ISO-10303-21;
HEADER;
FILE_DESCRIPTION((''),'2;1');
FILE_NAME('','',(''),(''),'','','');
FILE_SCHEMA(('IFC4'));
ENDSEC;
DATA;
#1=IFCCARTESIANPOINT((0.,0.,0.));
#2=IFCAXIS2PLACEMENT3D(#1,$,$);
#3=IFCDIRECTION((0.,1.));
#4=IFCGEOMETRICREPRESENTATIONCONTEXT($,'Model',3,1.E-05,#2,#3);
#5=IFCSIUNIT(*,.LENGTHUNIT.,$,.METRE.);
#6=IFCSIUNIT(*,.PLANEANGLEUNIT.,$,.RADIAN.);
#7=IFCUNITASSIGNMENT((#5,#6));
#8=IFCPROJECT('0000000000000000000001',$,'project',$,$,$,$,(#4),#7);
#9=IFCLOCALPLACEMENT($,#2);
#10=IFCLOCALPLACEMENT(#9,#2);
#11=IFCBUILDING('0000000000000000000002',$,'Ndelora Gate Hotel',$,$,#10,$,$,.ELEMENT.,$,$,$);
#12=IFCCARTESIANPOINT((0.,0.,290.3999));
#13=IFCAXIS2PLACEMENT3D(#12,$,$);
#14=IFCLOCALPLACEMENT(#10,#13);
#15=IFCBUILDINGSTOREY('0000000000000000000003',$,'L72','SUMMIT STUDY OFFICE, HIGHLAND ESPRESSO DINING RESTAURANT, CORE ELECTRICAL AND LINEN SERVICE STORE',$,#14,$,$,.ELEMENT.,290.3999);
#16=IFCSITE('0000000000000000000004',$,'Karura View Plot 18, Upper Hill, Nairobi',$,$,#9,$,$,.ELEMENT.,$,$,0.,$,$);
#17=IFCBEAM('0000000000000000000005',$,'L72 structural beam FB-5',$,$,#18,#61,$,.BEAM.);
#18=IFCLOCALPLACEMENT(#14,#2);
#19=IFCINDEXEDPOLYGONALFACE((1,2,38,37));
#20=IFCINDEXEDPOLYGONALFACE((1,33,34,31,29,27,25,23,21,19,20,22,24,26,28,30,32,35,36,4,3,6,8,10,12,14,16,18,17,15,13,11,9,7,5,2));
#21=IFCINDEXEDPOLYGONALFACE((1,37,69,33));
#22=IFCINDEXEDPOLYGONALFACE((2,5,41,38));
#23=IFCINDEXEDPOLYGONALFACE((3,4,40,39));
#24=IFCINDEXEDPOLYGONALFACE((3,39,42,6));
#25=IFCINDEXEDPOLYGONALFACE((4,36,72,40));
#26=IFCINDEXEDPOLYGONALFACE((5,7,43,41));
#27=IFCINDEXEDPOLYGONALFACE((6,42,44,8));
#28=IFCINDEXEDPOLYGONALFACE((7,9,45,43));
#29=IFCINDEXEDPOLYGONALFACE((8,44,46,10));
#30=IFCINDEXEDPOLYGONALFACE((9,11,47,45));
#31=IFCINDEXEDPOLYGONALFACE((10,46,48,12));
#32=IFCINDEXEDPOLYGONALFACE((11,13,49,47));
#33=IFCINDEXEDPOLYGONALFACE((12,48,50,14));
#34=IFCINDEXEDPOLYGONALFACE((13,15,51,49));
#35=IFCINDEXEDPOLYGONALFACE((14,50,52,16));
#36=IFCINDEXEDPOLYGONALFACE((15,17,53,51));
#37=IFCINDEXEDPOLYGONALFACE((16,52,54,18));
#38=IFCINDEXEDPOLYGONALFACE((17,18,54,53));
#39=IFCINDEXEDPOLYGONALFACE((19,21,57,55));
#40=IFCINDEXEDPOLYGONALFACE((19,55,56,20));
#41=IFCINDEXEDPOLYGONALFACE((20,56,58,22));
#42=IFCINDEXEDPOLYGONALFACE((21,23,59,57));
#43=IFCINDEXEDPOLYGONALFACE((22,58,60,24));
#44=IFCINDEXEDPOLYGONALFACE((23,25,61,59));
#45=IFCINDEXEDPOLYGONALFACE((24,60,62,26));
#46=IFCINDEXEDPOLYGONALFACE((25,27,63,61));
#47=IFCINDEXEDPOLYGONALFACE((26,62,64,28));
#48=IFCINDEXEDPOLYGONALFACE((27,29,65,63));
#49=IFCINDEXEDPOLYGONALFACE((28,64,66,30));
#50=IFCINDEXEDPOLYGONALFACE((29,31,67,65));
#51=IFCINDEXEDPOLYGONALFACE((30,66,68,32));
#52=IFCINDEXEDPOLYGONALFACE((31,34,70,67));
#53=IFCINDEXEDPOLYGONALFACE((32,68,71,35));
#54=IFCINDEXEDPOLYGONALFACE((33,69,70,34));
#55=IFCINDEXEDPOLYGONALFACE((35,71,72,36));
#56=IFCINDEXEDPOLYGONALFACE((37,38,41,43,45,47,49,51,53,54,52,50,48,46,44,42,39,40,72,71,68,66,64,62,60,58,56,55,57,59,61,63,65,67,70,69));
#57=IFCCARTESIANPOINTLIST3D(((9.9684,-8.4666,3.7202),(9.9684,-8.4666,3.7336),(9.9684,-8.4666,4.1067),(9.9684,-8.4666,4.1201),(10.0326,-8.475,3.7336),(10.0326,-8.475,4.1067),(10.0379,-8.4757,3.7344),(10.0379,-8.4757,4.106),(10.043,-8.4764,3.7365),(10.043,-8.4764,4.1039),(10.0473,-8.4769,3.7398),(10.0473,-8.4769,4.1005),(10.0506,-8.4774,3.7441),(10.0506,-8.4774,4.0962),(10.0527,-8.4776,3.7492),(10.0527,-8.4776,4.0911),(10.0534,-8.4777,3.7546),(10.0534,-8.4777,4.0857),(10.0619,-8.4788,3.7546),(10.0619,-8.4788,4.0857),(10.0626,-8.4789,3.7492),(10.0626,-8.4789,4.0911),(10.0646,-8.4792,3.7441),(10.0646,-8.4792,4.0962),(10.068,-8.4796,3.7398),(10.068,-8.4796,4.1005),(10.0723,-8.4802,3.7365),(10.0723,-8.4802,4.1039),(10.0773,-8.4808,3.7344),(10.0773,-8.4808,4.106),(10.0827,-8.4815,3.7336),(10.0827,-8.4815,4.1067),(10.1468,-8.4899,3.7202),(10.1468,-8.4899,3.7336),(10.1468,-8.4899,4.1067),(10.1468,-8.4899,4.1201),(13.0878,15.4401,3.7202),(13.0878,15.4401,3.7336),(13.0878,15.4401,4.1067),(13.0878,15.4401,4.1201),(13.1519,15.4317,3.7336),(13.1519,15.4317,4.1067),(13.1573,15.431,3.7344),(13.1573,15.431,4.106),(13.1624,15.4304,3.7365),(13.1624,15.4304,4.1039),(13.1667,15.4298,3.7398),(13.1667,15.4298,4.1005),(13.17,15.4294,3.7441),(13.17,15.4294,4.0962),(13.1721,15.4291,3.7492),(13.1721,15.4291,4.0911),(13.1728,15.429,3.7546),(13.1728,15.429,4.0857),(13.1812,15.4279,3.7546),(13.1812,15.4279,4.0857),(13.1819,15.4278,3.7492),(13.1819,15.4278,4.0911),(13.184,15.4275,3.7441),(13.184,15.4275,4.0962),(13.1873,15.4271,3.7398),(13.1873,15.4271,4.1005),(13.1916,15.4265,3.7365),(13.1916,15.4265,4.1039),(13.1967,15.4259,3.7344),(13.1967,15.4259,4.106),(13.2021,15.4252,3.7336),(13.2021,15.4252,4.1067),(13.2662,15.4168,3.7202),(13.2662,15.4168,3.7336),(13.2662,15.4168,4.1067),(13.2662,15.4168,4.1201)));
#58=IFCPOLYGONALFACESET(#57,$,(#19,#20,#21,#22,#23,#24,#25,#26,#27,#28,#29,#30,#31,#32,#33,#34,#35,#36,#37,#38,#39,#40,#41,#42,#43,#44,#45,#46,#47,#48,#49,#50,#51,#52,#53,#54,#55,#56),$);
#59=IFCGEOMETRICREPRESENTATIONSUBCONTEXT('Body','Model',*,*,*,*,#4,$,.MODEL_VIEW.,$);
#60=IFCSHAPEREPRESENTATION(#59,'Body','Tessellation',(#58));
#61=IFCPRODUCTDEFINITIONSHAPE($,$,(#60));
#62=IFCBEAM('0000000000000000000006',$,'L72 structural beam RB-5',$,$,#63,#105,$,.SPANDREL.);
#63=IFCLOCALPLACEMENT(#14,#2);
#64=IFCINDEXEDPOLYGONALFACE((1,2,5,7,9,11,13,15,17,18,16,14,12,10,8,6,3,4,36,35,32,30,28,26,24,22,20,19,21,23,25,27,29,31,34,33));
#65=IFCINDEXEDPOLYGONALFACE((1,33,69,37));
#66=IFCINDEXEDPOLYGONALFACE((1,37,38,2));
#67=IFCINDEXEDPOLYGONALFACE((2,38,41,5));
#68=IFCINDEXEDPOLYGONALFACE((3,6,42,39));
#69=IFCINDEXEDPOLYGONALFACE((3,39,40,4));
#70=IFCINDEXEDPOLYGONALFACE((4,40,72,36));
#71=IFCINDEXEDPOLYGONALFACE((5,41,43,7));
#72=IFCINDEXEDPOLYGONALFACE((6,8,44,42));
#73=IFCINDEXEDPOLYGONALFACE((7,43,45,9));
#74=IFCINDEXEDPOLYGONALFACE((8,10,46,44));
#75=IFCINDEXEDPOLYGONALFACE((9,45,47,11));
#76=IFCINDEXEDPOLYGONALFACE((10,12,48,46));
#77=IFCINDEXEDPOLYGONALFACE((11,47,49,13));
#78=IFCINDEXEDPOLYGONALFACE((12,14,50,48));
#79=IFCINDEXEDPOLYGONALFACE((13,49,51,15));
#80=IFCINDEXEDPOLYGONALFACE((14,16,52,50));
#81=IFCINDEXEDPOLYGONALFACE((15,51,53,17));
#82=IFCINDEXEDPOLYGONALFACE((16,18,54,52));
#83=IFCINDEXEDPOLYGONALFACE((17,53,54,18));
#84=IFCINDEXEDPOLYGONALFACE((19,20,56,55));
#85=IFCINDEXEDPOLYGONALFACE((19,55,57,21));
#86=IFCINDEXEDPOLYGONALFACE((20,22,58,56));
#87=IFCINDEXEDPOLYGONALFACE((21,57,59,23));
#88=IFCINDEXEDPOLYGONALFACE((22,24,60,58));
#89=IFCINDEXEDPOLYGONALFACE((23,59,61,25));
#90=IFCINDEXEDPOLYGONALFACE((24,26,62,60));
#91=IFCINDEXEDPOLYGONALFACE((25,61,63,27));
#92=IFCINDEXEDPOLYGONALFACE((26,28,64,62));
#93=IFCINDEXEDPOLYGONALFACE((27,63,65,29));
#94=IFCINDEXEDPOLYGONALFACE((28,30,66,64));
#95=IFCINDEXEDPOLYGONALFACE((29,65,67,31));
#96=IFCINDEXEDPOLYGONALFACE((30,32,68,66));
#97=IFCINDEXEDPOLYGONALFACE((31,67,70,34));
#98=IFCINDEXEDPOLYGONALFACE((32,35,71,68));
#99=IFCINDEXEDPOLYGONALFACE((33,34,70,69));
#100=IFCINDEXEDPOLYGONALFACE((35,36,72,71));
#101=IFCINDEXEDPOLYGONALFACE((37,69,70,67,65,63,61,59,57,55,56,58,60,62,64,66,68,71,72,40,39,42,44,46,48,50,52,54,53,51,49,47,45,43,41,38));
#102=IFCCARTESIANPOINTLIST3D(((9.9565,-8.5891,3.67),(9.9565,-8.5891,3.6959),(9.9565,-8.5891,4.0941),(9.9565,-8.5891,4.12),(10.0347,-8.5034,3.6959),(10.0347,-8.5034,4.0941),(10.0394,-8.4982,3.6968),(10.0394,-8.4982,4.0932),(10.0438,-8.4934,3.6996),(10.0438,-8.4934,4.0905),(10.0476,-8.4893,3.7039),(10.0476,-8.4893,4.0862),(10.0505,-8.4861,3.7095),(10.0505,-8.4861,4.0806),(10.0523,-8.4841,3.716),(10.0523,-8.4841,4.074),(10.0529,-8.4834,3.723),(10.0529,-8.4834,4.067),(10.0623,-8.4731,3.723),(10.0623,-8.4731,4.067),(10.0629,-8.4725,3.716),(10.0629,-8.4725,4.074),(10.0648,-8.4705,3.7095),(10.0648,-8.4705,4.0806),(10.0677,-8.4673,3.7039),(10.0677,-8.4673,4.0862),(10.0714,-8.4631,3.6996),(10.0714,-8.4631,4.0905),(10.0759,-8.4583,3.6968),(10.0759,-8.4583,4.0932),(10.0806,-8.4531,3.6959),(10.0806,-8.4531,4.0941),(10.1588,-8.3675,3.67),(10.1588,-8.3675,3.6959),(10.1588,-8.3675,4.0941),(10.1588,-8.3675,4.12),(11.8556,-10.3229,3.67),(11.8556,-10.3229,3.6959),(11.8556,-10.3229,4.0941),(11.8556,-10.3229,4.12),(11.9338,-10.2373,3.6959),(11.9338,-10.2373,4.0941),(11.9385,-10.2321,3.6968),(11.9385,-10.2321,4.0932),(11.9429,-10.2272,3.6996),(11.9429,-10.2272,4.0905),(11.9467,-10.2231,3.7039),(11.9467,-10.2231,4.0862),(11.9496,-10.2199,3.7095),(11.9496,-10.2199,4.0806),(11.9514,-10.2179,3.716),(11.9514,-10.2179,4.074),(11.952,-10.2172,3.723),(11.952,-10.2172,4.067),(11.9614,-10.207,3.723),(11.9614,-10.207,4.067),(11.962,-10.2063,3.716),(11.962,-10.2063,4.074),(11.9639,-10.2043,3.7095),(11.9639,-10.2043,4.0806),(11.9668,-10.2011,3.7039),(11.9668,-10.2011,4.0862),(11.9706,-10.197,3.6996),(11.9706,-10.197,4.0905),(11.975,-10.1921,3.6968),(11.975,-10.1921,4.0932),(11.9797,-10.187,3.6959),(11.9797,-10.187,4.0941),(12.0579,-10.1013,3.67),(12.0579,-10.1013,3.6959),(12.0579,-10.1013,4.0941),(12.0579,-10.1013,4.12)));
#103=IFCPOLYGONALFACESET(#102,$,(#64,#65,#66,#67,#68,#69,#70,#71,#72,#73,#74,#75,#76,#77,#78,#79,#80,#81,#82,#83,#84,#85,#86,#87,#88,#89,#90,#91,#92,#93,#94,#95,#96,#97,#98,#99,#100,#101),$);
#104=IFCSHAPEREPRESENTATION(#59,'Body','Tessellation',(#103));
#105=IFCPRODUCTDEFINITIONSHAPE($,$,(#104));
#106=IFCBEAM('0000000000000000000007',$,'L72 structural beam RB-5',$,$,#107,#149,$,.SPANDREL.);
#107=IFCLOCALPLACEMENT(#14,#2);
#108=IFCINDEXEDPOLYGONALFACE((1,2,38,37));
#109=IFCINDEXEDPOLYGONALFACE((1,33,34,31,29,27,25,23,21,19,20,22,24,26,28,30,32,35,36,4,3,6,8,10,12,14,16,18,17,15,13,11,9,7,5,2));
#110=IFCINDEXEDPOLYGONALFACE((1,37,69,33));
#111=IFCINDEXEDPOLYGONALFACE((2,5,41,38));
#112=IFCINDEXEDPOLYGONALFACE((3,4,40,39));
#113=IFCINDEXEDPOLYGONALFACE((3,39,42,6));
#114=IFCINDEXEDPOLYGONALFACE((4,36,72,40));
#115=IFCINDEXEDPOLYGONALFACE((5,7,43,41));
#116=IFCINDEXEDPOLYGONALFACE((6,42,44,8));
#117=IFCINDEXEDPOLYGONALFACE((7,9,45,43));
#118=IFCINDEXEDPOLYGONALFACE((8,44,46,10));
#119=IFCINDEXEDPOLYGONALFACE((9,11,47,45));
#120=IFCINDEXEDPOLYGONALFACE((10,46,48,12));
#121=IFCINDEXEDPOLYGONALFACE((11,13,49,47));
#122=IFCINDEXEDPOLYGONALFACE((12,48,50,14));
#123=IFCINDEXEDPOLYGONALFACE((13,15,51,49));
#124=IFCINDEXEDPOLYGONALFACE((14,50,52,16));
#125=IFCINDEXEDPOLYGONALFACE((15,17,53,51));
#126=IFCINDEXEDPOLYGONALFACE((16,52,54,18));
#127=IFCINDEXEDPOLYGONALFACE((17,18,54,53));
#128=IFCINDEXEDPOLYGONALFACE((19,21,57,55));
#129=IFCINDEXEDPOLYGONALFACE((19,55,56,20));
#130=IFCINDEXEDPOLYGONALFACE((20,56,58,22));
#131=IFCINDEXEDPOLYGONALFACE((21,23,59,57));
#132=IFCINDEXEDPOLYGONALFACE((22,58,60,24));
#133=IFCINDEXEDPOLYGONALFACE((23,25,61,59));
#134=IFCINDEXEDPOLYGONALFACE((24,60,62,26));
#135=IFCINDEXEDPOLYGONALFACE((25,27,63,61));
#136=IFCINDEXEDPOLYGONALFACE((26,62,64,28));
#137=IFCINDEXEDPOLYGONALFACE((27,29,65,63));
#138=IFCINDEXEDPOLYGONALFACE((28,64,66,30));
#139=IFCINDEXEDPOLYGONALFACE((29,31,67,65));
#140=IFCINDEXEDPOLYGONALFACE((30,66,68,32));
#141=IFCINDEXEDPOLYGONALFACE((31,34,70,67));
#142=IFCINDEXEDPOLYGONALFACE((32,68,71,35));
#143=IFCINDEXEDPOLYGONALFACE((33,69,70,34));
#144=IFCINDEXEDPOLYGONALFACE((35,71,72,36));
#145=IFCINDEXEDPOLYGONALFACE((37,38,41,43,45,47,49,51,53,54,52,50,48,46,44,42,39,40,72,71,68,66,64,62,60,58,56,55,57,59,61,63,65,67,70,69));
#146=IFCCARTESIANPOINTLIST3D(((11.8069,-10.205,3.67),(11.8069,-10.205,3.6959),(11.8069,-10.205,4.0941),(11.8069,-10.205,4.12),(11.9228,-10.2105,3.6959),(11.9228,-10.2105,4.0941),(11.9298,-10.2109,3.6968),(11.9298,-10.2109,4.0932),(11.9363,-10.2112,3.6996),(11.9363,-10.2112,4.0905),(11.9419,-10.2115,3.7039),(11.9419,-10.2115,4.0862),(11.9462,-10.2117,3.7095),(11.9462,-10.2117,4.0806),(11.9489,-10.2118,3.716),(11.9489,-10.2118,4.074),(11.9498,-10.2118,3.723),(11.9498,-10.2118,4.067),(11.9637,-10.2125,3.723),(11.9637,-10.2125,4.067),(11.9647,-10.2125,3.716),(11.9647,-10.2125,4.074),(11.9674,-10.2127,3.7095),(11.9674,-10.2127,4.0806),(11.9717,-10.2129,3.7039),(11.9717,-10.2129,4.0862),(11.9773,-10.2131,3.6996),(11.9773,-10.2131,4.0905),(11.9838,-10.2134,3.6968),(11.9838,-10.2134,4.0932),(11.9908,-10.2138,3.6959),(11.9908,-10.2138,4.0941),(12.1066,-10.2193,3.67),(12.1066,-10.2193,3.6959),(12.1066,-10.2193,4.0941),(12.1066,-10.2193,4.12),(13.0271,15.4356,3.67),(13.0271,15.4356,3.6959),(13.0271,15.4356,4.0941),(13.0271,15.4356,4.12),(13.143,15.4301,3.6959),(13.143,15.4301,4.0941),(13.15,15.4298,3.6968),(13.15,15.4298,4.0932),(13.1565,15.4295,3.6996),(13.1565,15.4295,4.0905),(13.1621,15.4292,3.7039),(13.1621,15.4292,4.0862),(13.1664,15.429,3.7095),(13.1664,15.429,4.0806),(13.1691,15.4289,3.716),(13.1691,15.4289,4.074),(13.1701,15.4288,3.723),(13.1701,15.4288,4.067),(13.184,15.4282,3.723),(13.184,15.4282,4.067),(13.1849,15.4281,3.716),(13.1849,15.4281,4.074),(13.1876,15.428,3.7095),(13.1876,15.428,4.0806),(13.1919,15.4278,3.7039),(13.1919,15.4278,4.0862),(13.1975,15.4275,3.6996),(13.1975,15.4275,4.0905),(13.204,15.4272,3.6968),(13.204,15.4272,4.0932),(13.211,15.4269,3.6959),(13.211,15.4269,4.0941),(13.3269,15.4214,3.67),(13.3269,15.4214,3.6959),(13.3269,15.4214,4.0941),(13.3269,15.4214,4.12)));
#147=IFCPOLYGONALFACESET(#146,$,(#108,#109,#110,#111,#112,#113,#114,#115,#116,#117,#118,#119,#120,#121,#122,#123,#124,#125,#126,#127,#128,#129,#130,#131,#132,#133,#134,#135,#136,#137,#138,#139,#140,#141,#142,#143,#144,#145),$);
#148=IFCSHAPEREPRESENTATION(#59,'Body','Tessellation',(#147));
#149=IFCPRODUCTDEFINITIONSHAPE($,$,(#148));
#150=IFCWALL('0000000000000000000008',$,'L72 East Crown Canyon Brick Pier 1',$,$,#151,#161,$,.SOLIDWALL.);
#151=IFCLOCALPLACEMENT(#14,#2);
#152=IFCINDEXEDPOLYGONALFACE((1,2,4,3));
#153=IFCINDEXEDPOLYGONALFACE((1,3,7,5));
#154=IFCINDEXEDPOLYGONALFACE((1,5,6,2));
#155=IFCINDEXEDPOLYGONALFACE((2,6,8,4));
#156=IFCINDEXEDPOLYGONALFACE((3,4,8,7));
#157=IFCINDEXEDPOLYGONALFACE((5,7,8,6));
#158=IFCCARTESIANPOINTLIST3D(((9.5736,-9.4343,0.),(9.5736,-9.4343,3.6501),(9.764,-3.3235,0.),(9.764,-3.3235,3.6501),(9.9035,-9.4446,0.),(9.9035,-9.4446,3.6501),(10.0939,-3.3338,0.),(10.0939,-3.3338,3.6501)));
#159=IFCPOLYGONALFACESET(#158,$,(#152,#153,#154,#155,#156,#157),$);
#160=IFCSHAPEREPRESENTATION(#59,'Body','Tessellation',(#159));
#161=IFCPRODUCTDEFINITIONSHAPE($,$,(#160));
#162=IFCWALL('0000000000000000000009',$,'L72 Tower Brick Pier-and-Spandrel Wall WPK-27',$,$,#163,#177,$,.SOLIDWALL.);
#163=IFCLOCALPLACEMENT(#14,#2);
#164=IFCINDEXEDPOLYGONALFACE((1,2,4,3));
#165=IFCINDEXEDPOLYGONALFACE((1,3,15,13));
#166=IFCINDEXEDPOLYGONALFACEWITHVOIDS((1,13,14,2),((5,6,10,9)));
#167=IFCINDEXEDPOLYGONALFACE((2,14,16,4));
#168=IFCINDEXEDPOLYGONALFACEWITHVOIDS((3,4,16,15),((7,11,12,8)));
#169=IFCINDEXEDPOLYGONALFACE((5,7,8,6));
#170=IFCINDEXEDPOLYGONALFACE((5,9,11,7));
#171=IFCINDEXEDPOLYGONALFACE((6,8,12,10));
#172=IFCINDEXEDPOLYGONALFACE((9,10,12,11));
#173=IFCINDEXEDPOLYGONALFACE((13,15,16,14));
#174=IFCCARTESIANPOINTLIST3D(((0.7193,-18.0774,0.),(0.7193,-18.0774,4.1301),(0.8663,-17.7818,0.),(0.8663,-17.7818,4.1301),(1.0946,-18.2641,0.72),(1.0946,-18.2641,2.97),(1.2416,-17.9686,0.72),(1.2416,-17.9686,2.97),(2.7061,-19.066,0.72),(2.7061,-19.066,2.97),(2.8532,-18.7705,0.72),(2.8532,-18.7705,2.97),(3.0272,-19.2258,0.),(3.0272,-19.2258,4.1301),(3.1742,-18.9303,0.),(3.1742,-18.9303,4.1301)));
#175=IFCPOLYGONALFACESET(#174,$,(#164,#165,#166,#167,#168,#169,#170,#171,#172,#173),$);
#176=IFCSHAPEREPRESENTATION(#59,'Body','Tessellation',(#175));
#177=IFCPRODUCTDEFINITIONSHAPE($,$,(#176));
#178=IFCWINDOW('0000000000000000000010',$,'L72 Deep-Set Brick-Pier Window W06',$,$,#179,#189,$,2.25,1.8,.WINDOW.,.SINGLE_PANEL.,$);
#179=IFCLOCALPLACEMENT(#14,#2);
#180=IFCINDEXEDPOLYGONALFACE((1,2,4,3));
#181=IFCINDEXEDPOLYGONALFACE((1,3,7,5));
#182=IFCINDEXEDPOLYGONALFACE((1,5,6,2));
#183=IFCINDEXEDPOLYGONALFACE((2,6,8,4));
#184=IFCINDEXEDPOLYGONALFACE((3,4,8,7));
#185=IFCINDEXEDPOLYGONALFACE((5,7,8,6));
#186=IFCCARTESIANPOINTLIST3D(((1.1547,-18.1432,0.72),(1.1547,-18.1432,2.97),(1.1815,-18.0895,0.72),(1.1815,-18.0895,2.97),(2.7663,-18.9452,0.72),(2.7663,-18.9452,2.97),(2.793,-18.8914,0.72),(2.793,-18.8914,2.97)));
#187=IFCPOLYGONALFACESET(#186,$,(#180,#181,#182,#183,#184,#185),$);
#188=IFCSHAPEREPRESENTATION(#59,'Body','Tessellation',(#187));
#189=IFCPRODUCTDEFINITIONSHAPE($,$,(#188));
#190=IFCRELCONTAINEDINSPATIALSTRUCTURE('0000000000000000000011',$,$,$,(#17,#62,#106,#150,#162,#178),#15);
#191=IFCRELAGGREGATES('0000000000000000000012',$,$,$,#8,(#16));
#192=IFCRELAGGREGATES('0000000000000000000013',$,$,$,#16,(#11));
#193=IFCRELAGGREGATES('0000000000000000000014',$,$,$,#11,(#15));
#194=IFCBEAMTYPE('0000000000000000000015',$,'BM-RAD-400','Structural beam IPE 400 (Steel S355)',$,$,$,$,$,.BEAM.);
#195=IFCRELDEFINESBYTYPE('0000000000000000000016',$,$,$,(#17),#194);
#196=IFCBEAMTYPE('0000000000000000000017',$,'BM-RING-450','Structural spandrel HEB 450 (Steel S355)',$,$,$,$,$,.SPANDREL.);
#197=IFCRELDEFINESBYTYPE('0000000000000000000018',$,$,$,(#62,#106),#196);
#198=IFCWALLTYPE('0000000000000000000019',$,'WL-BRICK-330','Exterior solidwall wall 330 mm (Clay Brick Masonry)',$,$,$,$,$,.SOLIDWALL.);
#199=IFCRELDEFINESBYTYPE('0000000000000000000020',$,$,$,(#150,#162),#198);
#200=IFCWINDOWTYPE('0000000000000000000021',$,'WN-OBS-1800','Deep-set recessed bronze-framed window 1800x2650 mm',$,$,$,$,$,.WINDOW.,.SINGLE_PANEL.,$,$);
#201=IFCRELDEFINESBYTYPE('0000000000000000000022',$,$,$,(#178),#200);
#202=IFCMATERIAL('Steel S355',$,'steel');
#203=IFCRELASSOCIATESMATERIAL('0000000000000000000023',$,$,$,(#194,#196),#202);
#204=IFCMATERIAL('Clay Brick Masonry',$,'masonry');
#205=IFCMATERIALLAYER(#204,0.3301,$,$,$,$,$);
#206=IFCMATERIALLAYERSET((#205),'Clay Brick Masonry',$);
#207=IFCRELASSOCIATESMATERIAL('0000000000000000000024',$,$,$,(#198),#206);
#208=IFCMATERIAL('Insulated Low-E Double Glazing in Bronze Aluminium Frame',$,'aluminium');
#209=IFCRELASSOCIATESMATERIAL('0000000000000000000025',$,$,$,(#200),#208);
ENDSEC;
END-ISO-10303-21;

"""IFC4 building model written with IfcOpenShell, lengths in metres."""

from ifc_helpers import new_model, si_unit, direction, frame, frame_2d, origin, origin_2d, place, context, subcontext, project, spatial, rectangle, i_section, extrude, material, layer, layer_set, material_profile, profile_set, type_object, element, fill, save


model = new_model("IFC4")

# Units and contexts
model_context = context("Model", 3, precision=1e-05, world=origin(), true_north=direction((0.0, 1.0)))
body_context = subcontext(model_context, "Body", "Model", "MODEL_VIEW")
ifc_project = project(units=[si_unit("LENGTHUNIT", "METRE"), si_unit("PLANEANGLEUNIT", "RADIAN")], contexts=[model_context])

# Site, building, storey
site_placement = place(None, origin())
site = spatial("IfcSite", under=ifc_project, at=site_placement, Name="Karura View Plot 18, Upper Hill, Nairobi", CompositionType="ELEMENT", RefElevation=0.0)
building_placement = place(site_placement, origin())
building = spatial("IfcBuilding", under=site, at=building_placement, Name="Ndelora Gate Hotel", CompositionType="ELEMENT")
storey_placement = place(building_placement, frame((0.0, 0.0, 290.3999)))
storey = spatial("IfcBuildingStorey", under=building, at=storey_placement, Name="L72", Description="SUMMIT STUDY OFFICE, HIGHLAND ESPRESSO DINING RESTAURANT, CORE ELECTRICAL AND LINEN SERVICE STORE", CompositionType="ELEMENT", Elevation=290.3999)

# Beams
ifc_material_1 = material(Name="Steel S355", Category="steel")
ifc_material_profile_1 = material_profile(ifc_material_1, i_section(OverallWidth=0.1799, OverallDepth=0.3999, WebThickness=0.0085, FlangeThickness=0.0134, FilletRadius=0.021, at=origin_2d()), Name="IPE 400")
ifc_profile_set_1 = profile_set([ifc_material_profile_1], Name="Steel S355")
beam_type_1 = type_object("IfcBeamType", Name="BM-RAD-400", Description="Structural beam IPE 400 (Steel S355)", PredefinedType="BEAM", material=ifc_profile_set_1)
beam_1_placement = place(storey_placement, frame((10.0576, -8.4783, 3.9202), z_axis=(0.129385, 0.991594, 0.0), x_axis=(-0.991594, 0.129385, 0.0)))
element("IfcBeam", 1, at=beam_1_placement, inside=storey, type_object=beam_type_1, Name="L72 structural beam FB-5", PredefinedType="BEAM", context=body_context, shape_type="SweptSolid", body=[
    extrude(i_section(OverallWidth=0.1799, OverallDepth=0.3999, WebThickness=0.0085, FlangeThickness=0.0134, FilletRadius=0.021, at=origin_2d()), origin(), (0.0, 0.0, 1.0), 24.1094),
])
ifc_material_profile_2 = material_profile(ifc_material_1, i_section(OverallWidth=0.3, OverallDepth=0.45, WebThickness=0.0139, FlangeThickness=0.0259, FilletRadius=0.0271, at=origin_2d()), Name="HEB 450")
ifc_profile_set_2 = profile_set([ifc_material_profile_2], Name="Steel S355")
beam_type_2 = type_object("IfcBeamType", Name="BM-RING-450", Description="Structural spandrel HEB 450 (Steel S355)", PredefinedType="SPANDREL", material=ifc_profile_set_2)
beam_2_placement = place(storey_placement, frame((10.0576, -8.4783, 3.895), z_axis=(0.738512, -0.67424, 0.0), x_axis=(0.67424, 0.738512, 0.0)))
element("IfcBeam", 2, at=beam_2_placement, inside=storey, type_object=beam_type_2, Name="L72 structural beam RB-5", PredefinedType="SPANDREL", context=body_context, shape_type="SweptSolid", body=[
    extrude(i_section(OverallWidth=0.3, OverallDepth=0.45, WebThickness=0.0139, FlangeThickness=0.0259, FilletRadius=0.0271, at=origin_2d()), origin(), (0.0, 0.0, 1.0), 2.5715),
])
beam_3_placement = place(storey_placement, frame((11.9568, -10.2122, 3.895), z_axis=(0.047535, 0.99887, 0.0), x_axis=(-0.99887, 0.047535, 0.0)))
element("IfcBeam", 3, at=beam_3_placement, inside=storey, type_object=beam_type_2, Name="L72 structural beam RB-5", PredefinedType="SPANDREL", context=body_context, shape_type="SweptSolid", body=[
    extrude(i_section(OverallWidth=0.3, OverallDepth=0.45, WebThickness=0.0139, FlangeThickness=0.0259, FilletRadius=0.0271, at=origin_2d()), origin(), (0.0, 0.0, 1.0), 25.6697),
])

# Wall
ifc_material_2 = material(Name="Clay Brick Masonry", Category="masonry")
ifc_layer_1 = layer(ifc_material_2, 0.3301)
ifc_layer_set_1 = layer_set([ifc_layer_1], Name="Clay Brick Masonry")
wall_type_1 = type_object("IfcWallType", Name="WL-BRICK-330", Description="Exterior solidwall wall 330 mm (Clay Brick Masonry)", PredefinedType="SOLIDWALL", material=ifc_layer_set_1)
wall_1_placement = place(storey_placement, frame((9.7385, -9.4395, 0.0), z_axis=(0.0, 0.0, 1.0), x_axis=(0.031147, 0.999515, 0.0)))
element("IfcWall", 4, at=wall_1_placement, inside=storey, type_object=wall_type_1, Name="L72 East Crown Canyon Brick Pier 1", PredefinedType="SOLIDWALL", context=body_context, shape_type="SweptSolid", body=[
    extrude(rectangle(XDim=6.1138, YDim=0.3301, at=frame_2d((3.0569, 0.0))), origin(), (0.0, 0.0, 1.0), 3.6501),
])

# Wall, opening, window
wall_2_placement = place(storey_placement, frame((3.1008, -19.0781, 0.0), z_axis=(0.0, 0.0, 1.0), x_axis=(-0.895278, 0.445508, 0.0)))
wall_2 = element("IfcWall", 5, at=wall_2_placement, inside=storey, type_object=wall_type_1, Name="L72 Tower Brick Pier-and-Spandrel Wall WPK-27", PredefinedType="SOLIDWALL", context=body_context, shape_type="SweptSolid", body=[
    extrude(rectangle(XDim=2.5779, YDim=0.3301, at=frame_2d((1.2891, 0.0))), origin(), (0.0, 0.0, 1.0), 4.1301),
])
opening_placement = place(wall_2_placement, frame((0.3589, 0.0, 0.72)))
opening = element("IfcOpeningElement", 6, at=opening_placement, cuts=wall_2, PredefinedType="OPENING", context=body_context, shape_type="SweptSolid", body=[
    extrude(rectangle(XDim=1.8, YDim=2.25, at=frame_2d((0.8999, 1.125))), frame((0.0, 0.175, 0.0), z_axis=(0.0, -1.0, 0.0), x_axis=(1.0, 0.0, 0.0)), (0.0, 0.0, 1.0), 0.3501),
])
ifc_material_3 = material(Name="Insulated Low-E Double Glazing in Bronze Aluminium Frame", Category="aluminium")
window_type = type_object("IfcWindowType", Name="WN-OBS-1800", Description="Deep-set recessed bronze-framed window 1800x2650 mm", PartitioningType="SINGLE_PANEL", PredefinedType="WINDOW", material=ifc_material_3)
window_placement = place(opening_placement, origin())
window = element("IfcWindow", 7, at=window_placement, inside=storey, type_object=window_type, Name="L72 Deep-Set Brick-Pier Window W06", OverallHeight=2.25, OverallWidth=1.8, PartitioningType="SINGLE_PANEL", PredefinedType="WINDOW", context=body_context, shape_type="SweptSolid", body=[
    extrude(rectangle(XDim=1.8, YDim=2.25, at=frame_2d((0.8999, 1.125))), frame((0.0, 0.03, 0.0), z_axis=(0.0, -1.0, 0.0), x_axis=(1.0, 0.0, 0.0)), (0.0, 0.0, 1.0), 0.0601),
])
fill(opening, window)

save(model, "model.ifc")
